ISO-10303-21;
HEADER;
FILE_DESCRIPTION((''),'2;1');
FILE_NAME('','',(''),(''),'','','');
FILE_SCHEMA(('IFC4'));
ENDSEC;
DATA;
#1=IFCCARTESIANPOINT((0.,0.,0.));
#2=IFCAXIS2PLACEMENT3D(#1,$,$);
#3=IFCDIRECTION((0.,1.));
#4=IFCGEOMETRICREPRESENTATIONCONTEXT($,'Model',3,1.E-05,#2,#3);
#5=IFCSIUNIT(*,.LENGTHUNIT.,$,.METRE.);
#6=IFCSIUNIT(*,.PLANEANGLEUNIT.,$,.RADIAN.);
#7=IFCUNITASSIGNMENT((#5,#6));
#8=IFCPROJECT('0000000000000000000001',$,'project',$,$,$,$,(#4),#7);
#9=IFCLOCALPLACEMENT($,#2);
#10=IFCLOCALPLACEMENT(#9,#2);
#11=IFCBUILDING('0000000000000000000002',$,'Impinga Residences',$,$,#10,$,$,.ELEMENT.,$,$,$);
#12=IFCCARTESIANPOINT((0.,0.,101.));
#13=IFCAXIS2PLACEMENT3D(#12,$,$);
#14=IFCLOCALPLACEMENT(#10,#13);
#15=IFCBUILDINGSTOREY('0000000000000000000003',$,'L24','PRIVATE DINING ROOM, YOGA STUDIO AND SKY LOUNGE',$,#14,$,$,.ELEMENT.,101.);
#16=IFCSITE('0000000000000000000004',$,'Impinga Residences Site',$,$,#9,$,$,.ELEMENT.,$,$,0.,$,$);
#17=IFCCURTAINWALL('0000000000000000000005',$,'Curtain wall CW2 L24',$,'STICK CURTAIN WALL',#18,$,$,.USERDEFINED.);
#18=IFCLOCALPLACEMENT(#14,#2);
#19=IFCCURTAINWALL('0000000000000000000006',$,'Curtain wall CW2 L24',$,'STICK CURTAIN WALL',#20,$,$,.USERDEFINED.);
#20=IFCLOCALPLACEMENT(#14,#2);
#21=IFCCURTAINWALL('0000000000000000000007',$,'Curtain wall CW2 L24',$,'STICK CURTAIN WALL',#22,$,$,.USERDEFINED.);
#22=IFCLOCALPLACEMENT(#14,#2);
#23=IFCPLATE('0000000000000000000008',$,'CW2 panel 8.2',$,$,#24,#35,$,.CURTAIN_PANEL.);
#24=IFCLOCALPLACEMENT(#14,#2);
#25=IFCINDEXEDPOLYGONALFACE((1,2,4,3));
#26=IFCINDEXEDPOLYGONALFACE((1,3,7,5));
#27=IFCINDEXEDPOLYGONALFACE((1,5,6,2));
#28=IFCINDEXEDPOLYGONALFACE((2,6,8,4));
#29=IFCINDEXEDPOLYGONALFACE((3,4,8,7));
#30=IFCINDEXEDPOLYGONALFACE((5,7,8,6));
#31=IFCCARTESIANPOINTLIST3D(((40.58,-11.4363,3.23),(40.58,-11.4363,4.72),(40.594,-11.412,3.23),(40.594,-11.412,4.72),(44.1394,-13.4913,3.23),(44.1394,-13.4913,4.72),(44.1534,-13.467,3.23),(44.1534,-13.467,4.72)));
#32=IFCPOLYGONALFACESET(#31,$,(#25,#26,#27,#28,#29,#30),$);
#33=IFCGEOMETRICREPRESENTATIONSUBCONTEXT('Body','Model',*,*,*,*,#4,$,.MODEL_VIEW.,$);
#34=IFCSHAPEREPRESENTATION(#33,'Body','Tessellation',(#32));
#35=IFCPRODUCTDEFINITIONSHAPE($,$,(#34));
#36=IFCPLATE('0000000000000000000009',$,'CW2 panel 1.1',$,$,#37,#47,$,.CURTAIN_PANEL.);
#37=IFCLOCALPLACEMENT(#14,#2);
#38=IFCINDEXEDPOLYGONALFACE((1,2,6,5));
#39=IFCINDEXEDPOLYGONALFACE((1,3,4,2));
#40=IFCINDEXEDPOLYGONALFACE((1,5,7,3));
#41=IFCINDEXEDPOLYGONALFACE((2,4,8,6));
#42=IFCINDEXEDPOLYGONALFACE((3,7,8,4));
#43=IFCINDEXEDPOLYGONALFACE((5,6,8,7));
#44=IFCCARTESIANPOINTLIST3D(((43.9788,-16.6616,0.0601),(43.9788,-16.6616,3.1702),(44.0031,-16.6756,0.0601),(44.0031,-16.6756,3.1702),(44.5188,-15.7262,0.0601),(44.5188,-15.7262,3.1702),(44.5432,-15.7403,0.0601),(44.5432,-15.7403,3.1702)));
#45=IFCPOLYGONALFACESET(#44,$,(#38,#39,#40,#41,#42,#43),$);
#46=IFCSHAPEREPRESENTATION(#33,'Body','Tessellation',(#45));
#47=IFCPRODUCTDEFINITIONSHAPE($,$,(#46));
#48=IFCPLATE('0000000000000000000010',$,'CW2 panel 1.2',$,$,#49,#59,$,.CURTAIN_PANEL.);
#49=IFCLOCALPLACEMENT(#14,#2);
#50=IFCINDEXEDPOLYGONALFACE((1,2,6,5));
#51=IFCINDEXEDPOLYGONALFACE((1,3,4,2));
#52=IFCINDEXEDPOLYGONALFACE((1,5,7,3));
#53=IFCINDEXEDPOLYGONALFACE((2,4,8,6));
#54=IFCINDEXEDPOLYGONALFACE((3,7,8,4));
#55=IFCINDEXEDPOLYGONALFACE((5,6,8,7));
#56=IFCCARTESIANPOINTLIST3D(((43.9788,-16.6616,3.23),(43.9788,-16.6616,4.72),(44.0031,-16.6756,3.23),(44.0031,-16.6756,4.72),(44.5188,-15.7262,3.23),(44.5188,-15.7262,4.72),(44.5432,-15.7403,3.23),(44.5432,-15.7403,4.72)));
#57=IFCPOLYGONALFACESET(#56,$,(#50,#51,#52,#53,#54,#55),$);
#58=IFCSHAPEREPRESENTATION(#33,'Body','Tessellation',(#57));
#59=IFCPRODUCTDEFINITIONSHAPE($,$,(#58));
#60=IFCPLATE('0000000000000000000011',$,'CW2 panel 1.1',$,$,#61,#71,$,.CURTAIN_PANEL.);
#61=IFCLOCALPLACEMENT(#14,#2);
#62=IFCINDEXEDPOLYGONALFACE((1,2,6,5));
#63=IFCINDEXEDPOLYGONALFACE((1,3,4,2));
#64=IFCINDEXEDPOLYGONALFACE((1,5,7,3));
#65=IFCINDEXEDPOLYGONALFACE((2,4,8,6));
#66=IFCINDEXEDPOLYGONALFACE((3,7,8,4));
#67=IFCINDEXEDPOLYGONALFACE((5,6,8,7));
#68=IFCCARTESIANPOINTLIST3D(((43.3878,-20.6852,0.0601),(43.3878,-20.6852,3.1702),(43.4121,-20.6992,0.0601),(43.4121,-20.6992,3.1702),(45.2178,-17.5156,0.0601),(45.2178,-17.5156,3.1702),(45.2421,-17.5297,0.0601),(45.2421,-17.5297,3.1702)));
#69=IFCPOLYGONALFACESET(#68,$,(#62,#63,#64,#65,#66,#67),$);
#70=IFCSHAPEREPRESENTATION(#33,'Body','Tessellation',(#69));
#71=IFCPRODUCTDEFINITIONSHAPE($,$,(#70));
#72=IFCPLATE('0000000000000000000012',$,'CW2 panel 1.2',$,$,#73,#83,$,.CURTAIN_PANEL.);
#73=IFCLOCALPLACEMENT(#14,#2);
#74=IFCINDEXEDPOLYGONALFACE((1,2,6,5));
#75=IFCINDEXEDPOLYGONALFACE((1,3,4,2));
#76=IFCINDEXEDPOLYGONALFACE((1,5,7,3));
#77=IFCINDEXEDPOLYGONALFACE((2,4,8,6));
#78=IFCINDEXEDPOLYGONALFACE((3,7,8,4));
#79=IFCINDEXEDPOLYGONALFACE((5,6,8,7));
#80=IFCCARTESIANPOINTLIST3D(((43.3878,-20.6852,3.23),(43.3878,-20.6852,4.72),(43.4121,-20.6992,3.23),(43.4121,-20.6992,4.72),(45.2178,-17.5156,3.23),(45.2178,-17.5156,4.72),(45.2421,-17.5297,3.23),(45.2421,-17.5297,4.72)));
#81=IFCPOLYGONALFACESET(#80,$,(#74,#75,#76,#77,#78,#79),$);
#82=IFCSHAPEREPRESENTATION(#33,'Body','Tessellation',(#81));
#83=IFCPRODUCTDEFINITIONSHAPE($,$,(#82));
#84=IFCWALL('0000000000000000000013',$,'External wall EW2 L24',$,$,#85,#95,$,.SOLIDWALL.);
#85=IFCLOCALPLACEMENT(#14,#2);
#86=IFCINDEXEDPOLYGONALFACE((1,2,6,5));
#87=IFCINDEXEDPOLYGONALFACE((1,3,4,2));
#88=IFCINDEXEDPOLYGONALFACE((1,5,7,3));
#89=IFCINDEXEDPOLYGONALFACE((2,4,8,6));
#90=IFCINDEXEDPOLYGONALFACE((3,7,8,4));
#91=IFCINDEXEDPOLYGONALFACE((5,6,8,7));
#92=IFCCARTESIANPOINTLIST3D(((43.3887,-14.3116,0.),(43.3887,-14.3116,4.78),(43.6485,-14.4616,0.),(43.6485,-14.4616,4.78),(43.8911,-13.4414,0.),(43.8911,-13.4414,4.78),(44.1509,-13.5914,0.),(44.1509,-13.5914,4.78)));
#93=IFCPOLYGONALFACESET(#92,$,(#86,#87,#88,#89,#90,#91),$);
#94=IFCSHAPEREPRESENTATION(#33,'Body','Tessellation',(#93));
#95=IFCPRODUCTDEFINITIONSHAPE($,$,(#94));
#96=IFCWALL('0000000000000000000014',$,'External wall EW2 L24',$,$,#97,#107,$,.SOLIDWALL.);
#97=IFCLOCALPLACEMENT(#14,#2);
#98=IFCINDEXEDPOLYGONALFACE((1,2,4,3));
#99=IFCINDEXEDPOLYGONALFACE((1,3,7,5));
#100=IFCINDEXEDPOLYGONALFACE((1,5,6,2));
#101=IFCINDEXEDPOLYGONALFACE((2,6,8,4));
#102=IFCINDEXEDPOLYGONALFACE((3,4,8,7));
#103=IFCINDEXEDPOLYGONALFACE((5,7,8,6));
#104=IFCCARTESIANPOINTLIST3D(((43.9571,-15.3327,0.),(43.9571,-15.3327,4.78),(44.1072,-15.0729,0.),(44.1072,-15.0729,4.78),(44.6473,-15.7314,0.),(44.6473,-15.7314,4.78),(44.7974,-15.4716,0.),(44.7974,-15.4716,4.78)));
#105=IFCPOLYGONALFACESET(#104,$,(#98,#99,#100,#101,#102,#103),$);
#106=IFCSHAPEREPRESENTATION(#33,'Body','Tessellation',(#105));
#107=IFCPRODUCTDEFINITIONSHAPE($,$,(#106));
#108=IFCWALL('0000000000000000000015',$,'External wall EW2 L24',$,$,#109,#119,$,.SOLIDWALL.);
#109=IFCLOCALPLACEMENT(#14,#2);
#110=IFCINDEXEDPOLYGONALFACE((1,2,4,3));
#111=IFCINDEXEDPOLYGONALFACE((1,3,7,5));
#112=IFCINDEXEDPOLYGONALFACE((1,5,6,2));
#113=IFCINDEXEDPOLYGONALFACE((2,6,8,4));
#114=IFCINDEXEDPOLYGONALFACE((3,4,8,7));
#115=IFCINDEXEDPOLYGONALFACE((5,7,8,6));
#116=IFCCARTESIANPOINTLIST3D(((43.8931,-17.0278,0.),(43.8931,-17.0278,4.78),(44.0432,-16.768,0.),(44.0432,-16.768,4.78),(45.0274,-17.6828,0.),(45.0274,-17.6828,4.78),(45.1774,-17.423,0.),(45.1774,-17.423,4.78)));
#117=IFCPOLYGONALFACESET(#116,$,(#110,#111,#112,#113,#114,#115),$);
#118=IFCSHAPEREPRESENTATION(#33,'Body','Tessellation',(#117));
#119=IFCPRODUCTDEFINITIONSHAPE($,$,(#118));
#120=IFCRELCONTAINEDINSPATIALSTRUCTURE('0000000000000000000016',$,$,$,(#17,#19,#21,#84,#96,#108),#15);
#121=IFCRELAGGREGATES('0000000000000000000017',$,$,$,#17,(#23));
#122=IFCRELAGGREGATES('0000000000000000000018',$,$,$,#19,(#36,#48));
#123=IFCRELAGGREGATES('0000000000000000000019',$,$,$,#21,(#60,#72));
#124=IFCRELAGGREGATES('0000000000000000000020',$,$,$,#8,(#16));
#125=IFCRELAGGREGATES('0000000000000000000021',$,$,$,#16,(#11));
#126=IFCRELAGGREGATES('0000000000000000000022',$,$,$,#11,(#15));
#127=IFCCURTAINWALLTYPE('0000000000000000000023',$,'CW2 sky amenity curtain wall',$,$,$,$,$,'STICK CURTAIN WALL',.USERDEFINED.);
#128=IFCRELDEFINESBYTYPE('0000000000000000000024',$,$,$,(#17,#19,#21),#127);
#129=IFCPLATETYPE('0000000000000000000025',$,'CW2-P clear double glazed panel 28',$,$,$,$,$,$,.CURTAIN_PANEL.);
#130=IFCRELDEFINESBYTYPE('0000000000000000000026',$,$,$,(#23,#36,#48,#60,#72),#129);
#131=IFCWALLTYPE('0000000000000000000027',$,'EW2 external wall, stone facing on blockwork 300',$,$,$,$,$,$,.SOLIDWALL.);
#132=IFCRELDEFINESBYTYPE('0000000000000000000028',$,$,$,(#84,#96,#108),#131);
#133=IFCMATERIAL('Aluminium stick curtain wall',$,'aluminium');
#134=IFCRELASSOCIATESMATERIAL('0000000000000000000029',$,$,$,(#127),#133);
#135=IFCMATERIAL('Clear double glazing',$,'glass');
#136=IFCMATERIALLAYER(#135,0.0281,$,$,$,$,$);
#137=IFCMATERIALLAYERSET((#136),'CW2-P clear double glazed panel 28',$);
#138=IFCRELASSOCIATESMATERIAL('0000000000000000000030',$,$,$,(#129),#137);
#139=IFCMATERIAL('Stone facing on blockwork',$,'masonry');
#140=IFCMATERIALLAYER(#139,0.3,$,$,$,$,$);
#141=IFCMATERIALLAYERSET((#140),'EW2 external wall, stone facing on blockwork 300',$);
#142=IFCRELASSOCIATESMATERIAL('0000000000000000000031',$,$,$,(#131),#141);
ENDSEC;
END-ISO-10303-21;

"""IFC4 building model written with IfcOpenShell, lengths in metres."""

from ifc_helpers import new_model, si_unit, direction, frame, frame_2d, origin, origin_2d, place, context, subcontext, project, spatial, rectangle, extrude, material, layer, layer_set, type_object, element, aggregate, save


model = new_model("IFC4")

# Units and contexts
model_context = context("Model", 3, precision=1e-05, world=origin(), true_north=direction((0.0, 1.0)))
body_context = subcontext(model_context, "Body", "Model", "MODEL_VIEW")
ifc_project = project(units=[si_unit("LENGTHUNIT", "METRE"), si_unit("PLANEANGLEUNIT", "RADIAN")], contexts=[model_context])

# Site, building, storey
site_placement = place(None, origin())
site = spatial("IfcSite", under=ifc_project, at=site_placement, Name="Impinga Residences Site", CompositionType="ELEMENT", RefElevation=0.0)
building_placement = place(site_placement, origin())
building = spatial("IfcBuilding", under=site, at=building_placement, Name="Impinga Residences", CompositionType="ELEMENT")
storey_placement = place(building_placement, frame((0.0, 0.0, 101.0)))
storey = spatial("IfcBuildingStorey", under=building, at=storey_placement, Name="L24", Description="PRIVATE DINING ROOM, YOGA STUDIO AND SKY LOUNGE", CompositionType="ELEMENT", Elevation=101.0)

# Curtain wall
ifc_material_1 = material(Name="Aluminium stick curtain wall", Category="aluminium")
curtain_wall_type = type_object("IfcCurtainWallType", Name="CW2 sky amenity curtain wall", ElementType="STICK CURTAIN WALL", PredefinedType="USERDEFINED", material=ifc_material_1)
curtain_wall_1_placement = place(storey_placement, origin())
curtain_wall_1 = element("IfcCurtainWall", 1, at=curtain_wall_1_placement, inside=storey, type_object=curtain_wall_type, Name="Curtain wall CW2 L24", ObjectType="STICK CURTAIN WALL", PredefinedType="USERDEFINED")

# Curtain wall
curtain_wall_2_placement = place(storey_placement, origin())
curtain_wall_2 = element("IfcCurtainWall", 2, at=curtain_wall_2_placement, inside=storey, type_object=curtain_wall_type, Name="Curtain wall CW2 L24", ObjectType="STICK CURTAIN WALL", PredefinedType="USERDEFINED")

# Curtain wall
curtain_wall_3_placement = place(storey_placement, origin())
curtain_wall_3 = element("IfcCurtainWall", 3, at=curtain_wall_3_placement, inside=storey, type_object=curtain_wall_type, Name="Curtain wall CW2 L24", ObjectType="STICK CURTAIN WALL", PredefinedType="USERDEFINED")

# Plates
ifc_material_2 = material(Name="Clear double glazing", Category="glass")
ifc_layer_1 = layer(ifc_material_2, 0.0281)
ifc_layer_set_1 = layer_set([ifc_layer_1], Name="CW2-P clear double glazed panel 28")
plate_type = type_object("IfcPlateType", Name="CW2-P clear double glazed panel 28", PredefinedType="CURTAIN_PANEL", material=ifc_layer_set_1)
plate_1_placement = place(storey_placement, frame((42.3667, -12.4517, 3.23), z_axis=(0.0, 0.0, 1.0), x_axis=(0.866025, -0.5, 0.0)))
plate_1 = element("IfcPlate", 4, at=plate_1_placement, type_object=plate_type, Name="CW2 panel 8.2", PredefinedType="CURTAIN_PANEL", context=body_context, shape_type="SweptSolid", body=[
    extrude(rectangle(XDim=4.1101, YDim=0.0281, at=origin_2d()), origin(), (0.0, 0.0, 1.0), 1.49),
])
aggregate(curtain_wall_1, [plate_1])
plate_2_placement = place(storey_placement, frame((44.261, -16.2009, 0.0601), z_axis=(0.0, 0.0, 1.0), x_axis=(-0.5, -0.866025, 0.0)))
plate_2 = element("IfcPlate", 5, at=plate_2_placement, type_object=plate_type, Name="CW2 panel 1.1", PredefinedType="CURTAIN_PANEL", context=body_context, shape_type="SweptSolid", body=[
    extrude(rectangle(XDim=1.0801, YDim=0.0281, at=origin_2d()), origin(), (0.0, 0.0, 1.0), 3.1101),
])
plate_3_placement = place(storey_placement, frame((44.261, -16.2009, 3.23), z_axis=(0.0, 0.0, 1.0), x_axis=(-0.5, -0.866025, 0.0)))
plate_3 = element("IfcPlate", 6, at=plate_3_placement, type_object=plate_type, Name="CW2 panel 1.2", PredefinedType="CURTAIN_PANEL", context=body_context, shape_type="SweptSolid", body=[
    extrude(rectangle(XDim=1.0801, YDim=0.0281, at=origin_2d()), origin(), (0.0, 0.0, 1.0), 1.49),
])
aggregate(curtain_wall_2, [plate_2, plate_3])
plate_4_placement = place(storey_placement, frame((44.3149, -19.1074, 0.0601), z_axis=(0.0, 0.0, 1.0), x_axis=(-0.5, -0.866025, 0.0)))
plate_4 = element("IfcPlate", 7, at=plate_4_placement, type_object=plate_type, Name="CW2 panel 1.1", PredefinedType="CURTAIN_PANEL", context=body_context, shape_type="SweptSolid", body=[
    extrude(rectangle(XDim=3.6599, YDim=0.0281, at=origin_2d()), origin(), (0.0, 0.0, 1.0), 3.1101),
])
plate_5_placement = place(storey_placement, frame((44.3149, -19.1074, 3.23), z_axis=(0.0, 0.0, 1.0), x_axis=(-0.5, -0.866025, 0.0)))
plate_5 = element("IfcPlate", 8, at=plate_5_placement, type_object=plate_type, Name="CW2 panel 1.2", PredefinedType="CURTAIN_PANEL", context=body_context, shape_type="SweptSolid", body=[
    extrude(rectangle(XDim=3.6599, YDim=0.0281, at=origin_2d()), origin(), (0.0, 0.0, 1.0), 1.49),
])
aggregate(curtain_wall_3, [plate_4, plate_5])

# Walls
ifc_material_3 = material(Name="Stone facing on blockwork", Category="masonry")
ifc_layer_2 = layer(ifc_material_3, 0.3)
ifc_layer_set_2 = layer_set([ifc_layer_2], Name="EW2 external wall, stone facing on blockwork 300")
wall_type = type_object("IfcWallType", Name="EW2 external wall, stone facing on blockwork 300", PredefinedType="SOLIDWALL", material=ifc_layer_set_2)
wall_1_placement = place(storey_placement, frame((44.021, -13.5164, 0.0), z_axis=(0.0, 0.0, 1.0), x_axis=(-0.499954, -0.866052, 0.0)))
element("IfcWall", 9, at=wall_1_placement, inside=storey, type_object=wall_type, Name="External wall EW2 L24", PredefinedType="SOLIDWALL", context=body_context, shape_type="SweptSolid", body=[
    extrude(rectangle(XDim=1.0049, YDim=0.3, at=frame_2d((0.5024, 0.0))), origin(), (0.0, 0.0, 1.0), 4.78),
])
wall_2_placement = place(storey_placement, frame((44.0322, -15.2029, 0.0), z_axis=(0.0, 0.0, 1.0), x_axis=(0.865915, -0.500191, 0.0)))
element("IfcWall", 10, at=wall_2_placement, inside=storey, type_object=wall_type, Name="External wall EW2 L24", PredefinedType="SOLIDWALL", context=body_context, shape_type="SweptSolid", body=[
    extrude(rectangle(XDim=0.7971, YDim=0.3, at=frame_2d((0.3984, 0.0))), origin(), (0.0, 0.0, 1.0), 4.78),
])
wall_3_placement = place(storey_placement, frame((43.9683, -16.8979, 0.0), z_axis=(0.0, 0.0, 1.0), x_axis=(0.865974, -0.500088, 0.0)))
element("IfcWall", 11, at=wall_3_placement, inside=storey, type_object=wall_type, Name="External wall EW2 L24", PredefinedType="SOLIDWALL", context=body_context, shape_type="SweptSolid", body=[
    extrude(rectangle(XDim=1.3098, YDim=0.3, at=frame_2d((0.6548, 0.0))), origin(), (0.0, 0.0, 1.0), 4.78),
])

save(model, "model.ifc")
